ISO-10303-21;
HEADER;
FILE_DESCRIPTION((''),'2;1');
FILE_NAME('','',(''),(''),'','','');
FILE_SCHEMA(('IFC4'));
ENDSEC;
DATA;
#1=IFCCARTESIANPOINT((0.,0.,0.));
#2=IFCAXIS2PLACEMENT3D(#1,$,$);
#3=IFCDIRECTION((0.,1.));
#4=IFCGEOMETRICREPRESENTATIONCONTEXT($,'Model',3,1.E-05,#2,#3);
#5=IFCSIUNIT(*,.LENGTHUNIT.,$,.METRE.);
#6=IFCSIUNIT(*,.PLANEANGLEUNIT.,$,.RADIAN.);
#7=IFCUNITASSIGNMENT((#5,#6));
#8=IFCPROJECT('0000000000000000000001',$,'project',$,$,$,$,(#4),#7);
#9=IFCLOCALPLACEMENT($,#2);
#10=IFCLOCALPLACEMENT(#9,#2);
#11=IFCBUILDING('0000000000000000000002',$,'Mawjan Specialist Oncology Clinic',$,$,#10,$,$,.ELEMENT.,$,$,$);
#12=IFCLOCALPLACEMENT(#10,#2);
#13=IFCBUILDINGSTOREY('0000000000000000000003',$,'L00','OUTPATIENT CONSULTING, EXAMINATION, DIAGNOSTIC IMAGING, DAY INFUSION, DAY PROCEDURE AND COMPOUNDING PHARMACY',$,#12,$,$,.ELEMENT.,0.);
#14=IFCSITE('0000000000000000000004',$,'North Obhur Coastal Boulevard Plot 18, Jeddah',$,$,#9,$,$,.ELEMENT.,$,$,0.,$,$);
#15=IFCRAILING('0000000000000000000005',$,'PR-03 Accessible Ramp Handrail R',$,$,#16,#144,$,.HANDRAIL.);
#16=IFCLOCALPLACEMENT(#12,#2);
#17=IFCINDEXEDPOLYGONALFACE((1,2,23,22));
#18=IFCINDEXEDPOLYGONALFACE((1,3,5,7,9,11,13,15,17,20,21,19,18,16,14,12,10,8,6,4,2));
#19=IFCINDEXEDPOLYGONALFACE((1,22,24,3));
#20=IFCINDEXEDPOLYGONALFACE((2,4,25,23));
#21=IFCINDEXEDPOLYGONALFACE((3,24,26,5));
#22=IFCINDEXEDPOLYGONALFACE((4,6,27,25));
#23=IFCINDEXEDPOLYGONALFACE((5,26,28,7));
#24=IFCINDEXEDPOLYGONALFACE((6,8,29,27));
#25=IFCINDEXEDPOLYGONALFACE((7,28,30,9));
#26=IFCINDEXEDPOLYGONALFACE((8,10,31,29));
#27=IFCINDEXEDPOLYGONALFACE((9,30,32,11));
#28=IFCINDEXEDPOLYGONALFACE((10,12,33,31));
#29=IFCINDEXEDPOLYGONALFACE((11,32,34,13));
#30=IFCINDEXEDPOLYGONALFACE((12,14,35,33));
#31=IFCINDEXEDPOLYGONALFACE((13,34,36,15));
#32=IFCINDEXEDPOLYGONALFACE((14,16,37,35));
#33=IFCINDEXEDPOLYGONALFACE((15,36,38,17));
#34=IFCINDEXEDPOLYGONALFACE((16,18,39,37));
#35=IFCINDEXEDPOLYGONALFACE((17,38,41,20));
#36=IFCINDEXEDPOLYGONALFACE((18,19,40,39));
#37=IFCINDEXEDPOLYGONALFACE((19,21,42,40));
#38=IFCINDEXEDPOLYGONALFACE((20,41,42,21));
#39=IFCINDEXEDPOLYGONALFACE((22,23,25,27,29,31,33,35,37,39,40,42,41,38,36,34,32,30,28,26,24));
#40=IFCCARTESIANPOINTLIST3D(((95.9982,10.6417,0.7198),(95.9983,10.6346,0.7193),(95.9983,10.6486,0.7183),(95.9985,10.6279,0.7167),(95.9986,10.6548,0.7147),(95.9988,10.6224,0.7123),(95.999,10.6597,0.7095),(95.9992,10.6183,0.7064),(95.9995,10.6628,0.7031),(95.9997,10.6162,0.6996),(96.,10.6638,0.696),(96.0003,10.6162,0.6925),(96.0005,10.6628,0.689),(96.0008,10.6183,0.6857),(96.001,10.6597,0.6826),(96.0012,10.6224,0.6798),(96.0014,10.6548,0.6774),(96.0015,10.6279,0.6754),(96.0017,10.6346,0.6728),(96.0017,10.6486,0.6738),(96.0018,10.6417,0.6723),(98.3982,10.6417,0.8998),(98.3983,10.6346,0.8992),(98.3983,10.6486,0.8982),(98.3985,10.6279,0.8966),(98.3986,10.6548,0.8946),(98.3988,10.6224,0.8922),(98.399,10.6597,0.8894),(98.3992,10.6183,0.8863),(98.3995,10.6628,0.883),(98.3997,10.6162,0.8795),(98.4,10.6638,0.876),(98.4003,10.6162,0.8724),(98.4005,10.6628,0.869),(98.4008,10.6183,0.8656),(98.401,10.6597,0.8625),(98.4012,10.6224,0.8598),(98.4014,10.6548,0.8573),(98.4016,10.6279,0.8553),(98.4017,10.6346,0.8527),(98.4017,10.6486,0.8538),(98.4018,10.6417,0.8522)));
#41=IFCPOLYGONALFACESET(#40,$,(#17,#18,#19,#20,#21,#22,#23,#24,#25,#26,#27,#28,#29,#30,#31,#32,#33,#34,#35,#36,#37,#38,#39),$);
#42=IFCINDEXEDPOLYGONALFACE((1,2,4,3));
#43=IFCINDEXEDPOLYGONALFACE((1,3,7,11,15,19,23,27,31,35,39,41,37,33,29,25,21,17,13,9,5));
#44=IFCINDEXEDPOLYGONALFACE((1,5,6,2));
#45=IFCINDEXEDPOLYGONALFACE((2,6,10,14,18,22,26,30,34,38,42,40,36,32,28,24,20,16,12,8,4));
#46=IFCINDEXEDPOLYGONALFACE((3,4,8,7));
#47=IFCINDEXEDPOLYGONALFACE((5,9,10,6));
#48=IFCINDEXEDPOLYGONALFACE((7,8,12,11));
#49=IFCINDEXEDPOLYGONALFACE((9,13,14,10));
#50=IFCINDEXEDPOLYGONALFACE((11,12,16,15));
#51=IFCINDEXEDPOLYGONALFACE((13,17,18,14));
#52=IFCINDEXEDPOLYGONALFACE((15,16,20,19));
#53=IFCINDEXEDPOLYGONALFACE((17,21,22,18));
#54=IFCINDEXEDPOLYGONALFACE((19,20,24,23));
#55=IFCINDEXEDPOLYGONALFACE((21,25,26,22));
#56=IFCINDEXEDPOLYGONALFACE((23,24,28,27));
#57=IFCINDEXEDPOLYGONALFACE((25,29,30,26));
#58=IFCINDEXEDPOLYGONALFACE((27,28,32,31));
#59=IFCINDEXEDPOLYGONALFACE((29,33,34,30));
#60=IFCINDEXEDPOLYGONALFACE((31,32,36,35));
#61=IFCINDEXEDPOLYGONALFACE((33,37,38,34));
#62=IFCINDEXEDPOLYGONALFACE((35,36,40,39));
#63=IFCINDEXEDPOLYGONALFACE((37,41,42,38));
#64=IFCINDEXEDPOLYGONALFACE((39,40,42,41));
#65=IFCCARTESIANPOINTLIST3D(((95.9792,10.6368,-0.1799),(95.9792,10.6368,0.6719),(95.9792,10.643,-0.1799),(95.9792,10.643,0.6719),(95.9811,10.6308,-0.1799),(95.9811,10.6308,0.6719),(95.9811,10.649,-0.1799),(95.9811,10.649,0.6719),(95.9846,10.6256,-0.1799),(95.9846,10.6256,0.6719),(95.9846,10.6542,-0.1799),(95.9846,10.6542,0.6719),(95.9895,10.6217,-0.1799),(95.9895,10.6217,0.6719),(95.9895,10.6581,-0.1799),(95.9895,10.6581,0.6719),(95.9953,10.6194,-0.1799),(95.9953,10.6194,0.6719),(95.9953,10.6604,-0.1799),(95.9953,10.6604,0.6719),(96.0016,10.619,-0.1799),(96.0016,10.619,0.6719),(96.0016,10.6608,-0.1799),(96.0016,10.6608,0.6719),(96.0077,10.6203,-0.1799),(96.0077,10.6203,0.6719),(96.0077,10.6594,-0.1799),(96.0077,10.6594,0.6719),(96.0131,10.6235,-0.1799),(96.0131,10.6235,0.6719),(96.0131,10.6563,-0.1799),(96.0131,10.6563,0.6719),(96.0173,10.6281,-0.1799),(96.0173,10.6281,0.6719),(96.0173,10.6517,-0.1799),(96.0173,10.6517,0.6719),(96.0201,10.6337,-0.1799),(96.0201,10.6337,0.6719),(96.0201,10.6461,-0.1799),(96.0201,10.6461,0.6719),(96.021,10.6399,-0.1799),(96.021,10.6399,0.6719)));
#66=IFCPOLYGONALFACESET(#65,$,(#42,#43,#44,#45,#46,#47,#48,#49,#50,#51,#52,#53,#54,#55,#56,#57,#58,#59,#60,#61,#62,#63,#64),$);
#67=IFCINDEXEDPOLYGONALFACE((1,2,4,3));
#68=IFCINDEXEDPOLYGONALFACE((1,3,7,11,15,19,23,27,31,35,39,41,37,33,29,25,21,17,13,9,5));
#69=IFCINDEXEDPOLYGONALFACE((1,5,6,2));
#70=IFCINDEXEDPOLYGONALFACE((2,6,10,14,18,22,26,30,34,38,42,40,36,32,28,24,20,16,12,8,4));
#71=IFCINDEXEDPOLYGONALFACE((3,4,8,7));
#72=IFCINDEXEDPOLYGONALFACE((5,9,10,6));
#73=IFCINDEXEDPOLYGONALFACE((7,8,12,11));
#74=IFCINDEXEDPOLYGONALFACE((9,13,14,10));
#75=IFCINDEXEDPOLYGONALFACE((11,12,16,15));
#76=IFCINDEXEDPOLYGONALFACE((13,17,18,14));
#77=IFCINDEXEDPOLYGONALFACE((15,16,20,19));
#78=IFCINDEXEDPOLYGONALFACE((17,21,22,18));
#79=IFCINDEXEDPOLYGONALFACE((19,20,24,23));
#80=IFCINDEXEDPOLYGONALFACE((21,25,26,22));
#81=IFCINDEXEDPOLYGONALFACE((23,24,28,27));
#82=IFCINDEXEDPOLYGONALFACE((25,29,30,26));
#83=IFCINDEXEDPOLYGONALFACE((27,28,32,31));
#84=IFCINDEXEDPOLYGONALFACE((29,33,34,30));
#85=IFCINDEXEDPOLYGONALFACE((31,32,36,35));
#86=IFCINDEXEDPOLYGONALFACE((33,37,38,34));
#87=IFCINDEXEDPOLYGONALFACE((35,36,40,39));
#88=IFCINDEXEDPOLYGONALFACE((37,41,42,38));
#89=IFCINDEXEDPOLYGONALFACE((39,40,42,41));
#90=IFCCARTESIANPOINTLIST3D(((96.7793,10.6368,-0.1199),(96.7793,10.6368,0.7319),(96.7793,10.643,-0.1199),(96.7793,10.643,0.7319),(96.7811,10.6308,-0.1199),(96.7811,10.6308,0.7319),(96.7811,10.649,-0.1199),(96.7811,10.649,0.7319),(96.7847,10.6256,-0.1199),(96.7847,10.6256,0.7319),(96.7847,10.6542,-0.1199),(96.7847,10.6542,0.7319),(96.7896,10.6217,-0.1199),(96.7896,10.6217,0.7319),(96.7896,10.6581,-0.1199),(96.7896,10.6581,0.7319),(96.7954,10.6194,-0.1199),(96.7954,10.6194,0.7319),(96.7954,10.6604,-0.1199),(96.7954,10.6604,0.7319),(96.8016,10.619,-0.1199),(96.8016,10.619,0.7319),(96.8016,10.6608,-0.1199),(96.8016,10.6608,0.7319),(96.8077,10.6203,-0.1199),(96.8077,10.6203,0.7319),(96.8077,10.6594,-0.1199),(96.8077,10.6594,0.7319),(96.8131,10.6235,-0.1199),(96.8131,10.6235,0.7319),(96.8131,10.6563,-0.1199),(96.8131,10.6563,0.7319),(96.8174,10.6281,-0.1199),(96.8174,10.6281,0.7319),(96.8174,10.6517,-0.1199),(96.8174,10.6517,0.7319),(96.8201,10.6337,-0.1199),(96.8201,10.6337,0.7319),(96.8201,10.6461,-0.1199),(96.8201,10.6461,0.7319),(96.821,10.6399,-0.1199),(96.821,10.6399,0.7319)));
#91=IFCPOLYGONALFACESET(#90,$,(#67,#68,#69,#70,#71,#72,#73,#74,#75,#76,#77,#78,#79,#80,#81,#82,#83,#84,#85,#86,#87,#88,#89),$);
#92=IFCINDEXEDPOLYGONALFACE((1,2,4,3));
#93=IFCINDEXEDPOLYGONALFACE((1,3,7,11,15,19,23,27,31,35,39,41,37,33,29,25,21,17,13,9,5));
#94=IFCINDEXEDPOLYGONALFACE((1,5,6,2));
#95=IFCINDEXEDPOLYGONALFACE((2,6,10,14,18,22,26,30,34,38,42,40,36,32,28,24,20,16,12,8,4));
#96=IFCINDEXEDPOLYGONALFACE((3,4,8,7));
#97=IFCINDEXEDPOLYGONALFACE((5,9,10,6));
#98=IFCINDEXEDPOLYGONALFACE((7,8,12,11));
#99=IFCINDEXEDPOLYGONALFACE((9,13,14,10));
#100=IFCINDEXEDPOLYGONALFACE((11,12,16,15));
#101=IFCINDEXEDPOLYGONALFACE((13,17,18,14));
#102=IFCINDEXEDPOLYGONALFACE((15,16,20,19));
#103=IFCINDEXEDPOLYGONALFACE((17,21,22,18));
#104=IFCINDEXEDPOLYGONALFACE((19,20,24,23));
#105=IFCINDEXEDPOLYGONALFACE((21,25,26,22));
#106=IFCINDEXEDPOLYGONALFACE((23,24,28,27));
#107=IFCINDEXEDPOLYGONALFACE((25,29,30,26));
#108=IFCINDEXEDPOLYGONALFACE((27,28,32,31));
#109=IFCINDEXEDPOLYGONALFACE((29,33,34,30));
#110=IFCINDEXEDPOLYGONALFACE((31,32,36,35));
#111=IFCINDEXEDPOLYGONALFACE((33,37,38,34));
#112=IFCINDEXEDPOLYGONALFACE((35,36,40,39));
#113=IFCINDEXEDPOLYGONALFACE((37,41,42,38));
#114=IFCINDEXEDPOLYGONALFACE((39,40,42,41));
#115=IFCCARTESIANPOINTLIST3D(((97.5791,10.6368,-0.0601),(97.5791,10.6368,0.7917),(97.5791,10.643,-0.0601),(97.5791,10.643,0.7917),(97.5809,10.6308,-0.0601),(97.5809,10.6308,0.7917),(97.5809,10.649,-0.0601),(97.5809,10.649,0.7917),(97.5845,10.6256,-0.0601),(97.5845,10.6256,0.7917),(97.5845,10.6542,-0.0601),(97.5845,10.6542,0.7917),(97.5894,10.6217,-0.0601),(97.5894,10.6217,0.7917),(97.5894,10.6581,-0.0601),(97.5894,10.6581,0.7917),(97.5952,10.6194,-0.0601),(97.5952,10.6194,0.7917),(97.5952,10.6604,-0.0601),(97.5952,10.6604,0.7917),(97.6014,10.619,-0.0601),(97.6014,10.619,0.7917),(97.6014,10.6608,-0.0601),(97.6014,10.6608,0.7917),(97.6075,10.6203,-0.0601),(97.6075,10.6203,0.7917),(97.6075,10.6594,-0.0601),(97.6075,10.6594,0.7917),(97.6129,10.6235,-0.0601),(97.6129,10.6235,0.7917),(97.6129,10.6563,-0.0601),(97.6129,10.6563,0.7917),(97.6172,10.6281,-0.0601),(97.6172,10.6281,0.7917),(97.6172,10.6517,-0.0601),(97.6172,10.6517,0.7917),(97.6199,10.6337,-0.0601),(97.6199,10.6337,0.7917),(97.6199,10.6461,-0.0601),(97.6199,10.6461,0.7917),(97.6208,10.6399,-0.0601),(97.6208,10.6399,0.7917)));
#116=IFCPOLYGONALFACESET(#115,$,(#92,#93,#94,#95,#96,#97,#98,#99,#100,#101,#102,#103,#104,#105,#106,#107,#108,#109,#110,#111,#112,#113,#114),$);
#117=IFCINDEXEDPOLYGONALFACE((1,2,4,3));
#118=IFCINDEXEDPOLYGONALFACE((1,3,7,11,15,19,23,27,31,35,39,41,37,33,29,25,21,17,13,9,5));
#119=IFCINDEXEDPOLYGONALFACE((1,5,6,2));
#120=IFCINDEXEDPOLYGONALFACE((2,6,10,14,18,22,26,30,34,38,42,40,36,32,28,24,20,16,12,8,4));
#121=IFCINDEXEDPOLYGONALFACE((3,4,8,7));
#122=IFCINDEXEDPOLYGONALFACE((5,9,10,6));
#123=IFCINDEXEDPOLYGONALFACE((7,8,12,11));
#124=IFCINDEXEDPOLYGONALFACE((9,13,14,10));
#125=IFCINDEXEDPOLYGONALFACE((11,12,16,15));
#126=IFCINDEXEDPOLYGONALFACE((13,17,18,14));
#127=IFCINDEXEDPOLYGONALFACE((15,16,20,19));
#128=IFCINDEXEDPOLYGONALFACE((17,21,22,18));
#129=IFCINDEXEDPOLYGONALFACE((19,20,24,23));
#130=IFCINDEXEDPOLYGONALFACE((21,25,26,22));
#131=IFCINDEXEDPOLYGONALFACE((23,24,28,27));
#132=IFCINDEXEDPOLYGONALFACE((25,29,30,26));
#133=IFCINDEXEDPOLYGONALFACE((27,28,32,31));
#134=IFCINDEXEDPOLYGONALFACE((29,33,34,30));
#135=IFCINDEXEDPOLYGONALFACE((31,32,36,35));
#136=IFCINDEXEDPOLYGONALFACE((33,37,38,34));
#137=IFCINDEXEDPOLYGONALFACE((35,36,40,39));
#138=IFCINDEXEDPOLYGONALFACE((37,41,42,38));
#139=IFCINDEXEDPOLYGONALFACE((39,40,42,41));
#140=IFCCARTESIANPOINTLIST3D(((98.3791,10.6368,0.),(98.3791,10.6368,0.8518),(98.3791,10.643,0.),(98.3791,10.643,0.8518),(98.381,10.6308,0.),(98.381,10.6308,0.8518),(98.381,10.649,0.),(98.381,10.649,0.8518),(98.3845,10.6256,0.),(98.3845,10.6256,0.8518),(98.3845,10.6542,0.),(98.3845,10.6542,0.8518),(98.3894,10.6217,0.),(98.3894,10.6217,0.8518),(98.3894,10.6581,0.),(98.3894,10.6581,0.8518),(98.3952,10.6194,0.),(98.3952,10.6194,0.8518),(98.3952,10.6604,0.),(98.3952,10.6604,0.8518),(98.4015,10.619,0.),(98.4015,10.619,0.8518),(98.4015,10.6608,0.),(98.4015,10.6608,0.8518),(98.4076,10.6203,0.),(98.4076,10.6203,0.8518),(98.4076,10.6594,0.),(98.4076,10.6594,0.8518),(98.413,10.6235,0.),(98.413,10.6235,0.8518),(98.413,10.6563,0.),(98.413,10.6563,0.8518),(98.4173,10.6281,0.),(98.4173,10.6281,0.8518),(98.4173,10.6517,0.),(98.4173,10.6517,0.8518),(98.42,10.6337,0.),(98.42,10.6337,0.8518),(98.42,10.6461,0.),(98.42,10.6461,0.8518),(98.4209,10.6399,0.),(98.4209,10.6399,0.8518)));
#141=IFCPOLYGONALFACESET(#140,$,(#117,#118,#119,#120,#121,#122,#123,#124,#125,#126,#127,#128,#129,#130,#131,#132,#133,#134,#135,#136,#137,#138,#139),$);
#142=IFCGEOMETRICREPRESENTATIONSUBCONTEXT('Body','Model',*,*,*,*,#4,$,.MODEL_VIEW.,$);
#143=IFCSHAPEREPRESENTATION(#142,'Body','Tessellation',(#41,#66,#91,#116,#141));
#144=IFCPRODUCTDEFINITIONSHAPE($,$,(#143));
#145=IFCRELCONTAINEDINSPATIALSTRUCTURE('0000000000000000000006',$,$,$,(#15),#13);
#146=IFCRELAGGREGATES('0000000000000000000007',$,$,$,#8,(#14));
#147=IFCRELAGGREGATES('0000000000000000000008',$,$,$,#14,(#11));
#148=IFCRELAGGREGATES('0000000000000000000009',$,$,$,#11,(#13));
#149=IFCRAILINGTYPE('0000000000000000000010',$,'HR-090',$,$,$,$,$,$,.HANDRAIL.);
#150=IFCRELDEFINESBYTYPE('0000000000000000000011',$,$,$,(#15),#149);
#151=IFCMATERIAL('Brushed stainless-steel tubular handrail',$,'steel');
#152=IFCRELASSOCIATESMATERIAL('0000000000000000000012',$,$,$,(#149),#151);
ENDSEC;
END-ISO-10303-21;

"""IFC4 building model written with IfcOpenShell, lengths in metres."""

from ifc_helpers import new_model, si_unit, direction, frame, origin, origin_2d, place, context, subcontext, project, spatial, circle, extrude, material, type_object, element, save


model = new_model("IFC4")

# Units and contexts
model_context = context("Model", 3, precision=1e-05, world=origin(), true_north=direction((0.0, 1.0)))
body_context = subcontext(model_context, "Body", "Model", "MODEL_VIEW")
ifc_project = project(units=[si_unit("LENGTHUNIT", "METRE"), si_unit("PLANEANGLEUNIT", "RADIAN")], contexts=[model_context])

# Site, building, storey
site_placement = place(None, origin())
site = spatial("IfcSite", under=ifc_project, at=site_placement, Name="North Obhur Coastal Boulevard Plot 18, Jeddah", CompositionType="ELEMENT", RefElevation=0.0)
building_placement = place(site_placement, origin())
building = spatial("IfcBuilding", under=site, at=building_placement, Name="Mawjan Specialist Oncology Clinic", CompositionType="ELEMENT")
storey_placement = place(building_placement, origin())
storey = spatial("IfcBuildingStorey", under=building, at=storey_placement, Name="L00", Description="OUTPATIENT CONSULTING, EXAMINATION, DIAGNOSTIC IMAGING, DAY INFUSION, DAY PROCEDURE AND COMPOUNDING PHARMACY", CompositionType="ELEMENT", Elevation=0.0)

# Railing
ifc_material_1 = material(Name="Brushed stainless-steel tubular handrail", Category="steel")
railing_type = type_object("IfcRailingType", Name="HR-090", PredefinedType="HANDRAIL", material=ifc_material_1)
for number, where, name in (
    (1, (96.0, 10.6399, -0.1799), "PR-03 Accessible Ramp Handrail R"),
):
    element("IfcRailing", number, at=place(storey_placement, frame(where)), inside=storey, type_object=railing_type, Name=name, PredefinedType="HANDRAIL", context=body_context, shape_type="SweptSolid", body=[
        extrude(circle(Radius=0.0239, at=origin_2d()), frame((0.0, 0.0, 0.876), z_axis=(0.997201, 0.0, 0.074765), x_axis=(0.0, 1.0, 0.0)), (0.0, 0.0, 1.0), 2.4067),
        extrude(circle(Radius=0.021, at=origin_2d()), origin(), (0.0, 0.0, 1.0), 0.8518),
        extrude(circle(Radius=0.021, at=origin_2d()), frame((0.8, 0.0, 0.0601)), (0.0, 0.0, 1.0), 0.8518),
        extrude(circle(Radius=0.021, at=origin_2d()), frame((1.5999, 0.0, 0.1199)), (0.0, 0.0, 1.0), 0.8518),
        extrude(circle(Radius=0.021, at=origin_2d()), frame((2.3999, 0.0, 0.1799)), (0.0, 0.0, 1.0), 0.8518),
    ])

save(model, "model.ifc")
